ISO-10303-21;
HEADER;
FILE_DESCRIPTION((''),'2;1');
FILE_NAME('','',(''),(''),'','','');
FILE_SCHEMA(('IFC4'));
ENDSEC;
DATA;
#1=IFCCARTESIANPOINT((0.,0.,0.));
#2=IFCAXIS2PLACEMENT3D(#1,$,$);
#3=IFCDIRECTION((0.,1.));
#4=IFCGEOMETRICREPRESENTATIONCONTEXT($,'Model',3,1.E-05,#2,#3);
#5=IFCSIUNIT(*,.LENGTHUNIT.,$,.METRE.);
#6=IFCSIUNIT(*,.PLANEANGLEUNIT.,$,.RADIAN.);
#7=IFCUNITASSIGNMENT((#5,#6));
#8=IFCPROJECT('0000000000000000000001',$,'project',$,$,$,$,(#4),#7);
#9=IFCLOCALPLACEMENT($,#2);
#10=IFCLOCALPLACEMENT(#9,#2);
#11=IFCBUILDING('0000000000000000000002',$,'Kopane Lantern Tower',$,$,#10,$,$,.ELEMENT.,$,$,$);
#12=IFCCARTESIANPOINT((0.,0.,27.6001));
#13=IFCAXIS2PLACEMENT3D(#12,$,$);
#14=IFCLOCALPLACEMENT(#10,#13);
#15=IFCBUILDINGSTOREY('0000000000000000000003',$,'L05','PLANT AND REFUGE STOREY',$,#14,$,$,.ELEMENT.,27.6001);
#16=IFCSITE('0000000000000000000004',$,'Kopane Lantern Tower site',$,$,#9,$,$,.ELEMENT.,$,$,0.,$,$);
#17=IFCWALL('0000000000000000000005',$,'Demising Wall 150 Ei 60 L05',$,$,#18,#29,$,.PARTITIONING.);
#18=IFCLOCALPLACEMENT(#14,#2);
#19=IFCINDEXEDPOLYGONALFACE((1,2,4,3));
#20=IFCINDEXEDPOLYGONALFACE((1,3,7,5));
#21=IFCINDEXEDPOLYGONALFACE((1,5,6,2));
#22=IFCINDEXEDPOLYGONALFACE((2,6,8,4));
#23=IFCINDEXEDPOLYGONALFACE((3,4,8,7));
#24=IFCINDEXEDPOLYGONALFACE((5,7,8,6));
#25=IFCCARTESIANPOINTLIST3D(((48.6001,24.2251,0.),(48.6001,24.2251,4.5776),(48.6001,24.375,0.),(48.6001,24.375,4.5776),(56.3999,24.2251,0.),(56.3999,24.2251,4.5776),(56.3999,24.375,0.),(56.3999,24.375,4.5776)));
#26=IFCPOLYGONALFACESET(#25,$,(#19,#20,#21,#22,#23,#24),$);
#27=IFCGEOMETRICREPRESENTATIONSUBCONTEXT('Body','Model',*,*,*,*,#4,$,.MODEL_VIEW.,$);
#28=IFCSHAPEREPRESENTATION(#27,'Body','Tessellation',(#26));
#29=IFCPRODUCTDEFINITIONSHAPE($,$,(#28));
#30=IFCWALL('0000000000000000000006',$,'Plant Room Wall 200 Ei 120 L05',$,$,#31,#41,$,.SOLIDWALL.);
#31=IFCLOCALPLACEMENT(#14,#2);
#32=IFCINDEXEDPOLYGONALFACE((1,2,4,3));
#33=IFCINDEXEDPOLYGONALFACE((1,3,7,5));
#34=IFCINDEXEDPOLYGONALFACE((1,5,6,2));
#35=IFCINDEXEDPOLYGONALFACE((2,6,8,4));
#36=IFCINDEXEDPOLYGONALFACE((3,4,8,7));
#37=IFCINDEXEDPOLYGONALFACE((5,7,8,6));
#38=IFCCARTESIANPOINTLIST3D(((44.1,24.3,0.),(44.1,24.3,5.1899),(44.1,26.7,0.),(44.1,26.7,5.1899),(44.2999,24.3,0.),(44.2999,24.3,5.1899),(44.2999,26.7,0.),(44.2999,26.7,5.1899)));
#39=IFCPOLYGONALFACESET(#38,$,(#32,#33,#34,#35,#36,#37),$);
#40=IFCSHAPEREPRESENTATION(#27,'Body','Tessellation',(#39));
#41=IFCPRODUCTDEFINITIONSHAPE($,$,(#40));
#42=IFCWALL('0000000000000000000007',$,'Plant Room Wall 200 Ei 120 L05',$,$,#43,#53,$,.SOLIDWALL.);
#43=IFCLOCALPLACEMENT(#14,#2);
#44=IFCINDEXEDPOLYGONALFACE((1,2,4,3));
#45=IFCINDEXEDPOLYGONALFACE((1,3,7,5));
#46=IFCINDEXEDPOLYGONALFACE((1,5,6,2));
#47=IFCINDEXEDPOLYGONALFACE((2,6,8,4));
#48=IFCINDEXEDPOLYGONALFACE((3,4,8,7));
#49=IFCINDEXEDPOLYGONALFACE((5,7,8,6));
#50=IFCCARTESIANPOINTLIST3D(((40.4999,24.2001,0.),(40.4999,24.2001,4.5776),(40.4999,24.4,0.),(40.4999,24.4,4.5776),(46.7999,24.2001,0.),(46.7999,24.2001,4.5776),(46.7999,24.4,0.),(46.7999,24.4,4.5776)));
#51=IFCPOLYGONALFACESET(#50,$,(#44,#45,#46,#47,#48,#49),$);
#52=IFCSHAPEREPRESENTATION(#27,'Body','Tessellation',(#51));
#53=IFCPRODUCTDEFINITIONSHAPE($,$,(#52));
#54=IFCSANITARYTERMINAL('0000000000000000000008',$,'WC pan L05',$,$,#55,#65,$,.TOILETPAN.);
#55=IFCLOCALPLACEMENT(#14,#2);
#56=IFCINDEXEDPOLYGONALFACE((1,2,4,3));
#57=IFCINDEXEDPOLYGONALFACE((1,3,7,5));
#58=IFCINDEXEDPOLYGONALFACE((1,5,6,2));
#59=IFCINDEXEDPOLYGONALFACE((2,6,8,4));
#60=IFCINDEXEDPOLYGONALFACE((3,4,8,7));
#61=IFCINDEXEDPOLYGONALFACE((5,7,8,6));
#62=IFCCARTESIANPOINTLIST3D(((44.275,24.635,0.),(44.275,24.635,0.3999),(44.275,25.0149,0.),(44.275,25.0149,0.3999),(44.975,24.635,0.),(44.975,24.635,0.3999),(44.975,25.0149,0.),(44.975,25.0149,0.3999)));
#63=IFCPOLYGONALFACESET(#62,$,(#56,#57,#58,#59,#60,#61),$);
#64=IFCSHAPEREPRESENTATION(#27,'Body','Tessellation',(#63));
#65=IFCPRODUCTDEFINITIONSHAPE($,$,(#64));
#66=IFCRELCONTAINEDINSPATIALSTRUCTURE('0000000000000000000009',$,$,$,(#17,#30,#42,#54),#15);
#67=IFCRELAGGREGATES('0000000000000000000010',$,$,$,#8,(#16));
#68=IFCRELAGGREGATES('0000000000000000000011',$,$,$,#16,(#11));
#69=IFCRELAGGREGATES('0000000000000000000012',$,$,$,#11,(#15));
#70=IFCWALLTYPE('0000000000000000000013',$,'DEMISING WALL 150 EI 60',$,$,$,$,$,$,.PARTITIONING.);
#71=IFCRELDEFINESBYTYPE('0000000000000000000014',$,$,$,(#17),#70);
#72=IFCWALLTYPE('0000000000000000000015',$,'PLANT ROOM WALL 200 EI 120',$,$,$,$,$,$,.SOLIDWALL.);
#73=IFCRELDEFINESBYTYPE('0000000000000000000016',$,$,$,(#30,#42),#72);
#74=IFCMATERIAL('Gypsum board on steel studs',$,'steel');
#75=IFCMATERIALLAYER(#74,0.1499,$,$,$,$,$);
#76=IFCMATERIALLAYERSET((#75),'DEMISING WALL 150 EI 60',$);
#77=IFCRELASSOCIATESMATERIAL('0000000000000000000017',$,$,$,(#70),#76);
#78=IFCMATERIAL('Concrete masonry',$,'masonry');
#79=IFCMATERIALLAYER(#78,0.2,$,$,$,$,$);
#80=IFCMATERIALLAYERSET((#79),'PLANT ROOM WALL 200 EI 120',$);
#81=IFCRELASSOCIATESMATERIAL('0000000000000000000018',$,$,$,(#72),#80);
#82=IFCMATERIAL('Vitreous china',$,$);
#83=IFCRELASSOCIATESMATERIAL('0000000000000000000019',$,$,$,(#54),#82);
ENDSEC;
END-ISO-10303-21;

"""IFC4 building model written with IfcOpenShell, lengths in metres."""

from ifc_helpers import new_model, si_unit, direction, frame, frame_2d, origin, origin_2d, place, context, subcontext, project, spatial, rectangle, extrude, material, layer, layer_set, type_object, element, save


model = new_model("IFC4")

# Units and contexts
model_context = context("Model", 3, precision=1e-05, world=origin(), true_north=direction((0.0, 1.0)))
body_context = subcontext(model_context, "Body", "Model", "MODEL_VIEW")
ifc_project = project(units=[si_unit("LENGTHUNIT", "METRE"), si_unit("PLANEANGLEUNIT", "RADIAN")], contexts=[model_context])

# Site, building, storey
site_placement = place(None, origin())
site = spatial("IfcSite", under=ifc_project, at=site_placement, Name="Kopane Lantern Tower site", CompositionType="ELEMENT", RefElevation=0.0)
building_placement = place(site_placement, origin())
building = spatial("IfcBuilding", under=site, at=building_placement, Name="Kopane Lantern Tower", CompositionType="ELEMENT")
storey_placement = place(building_placement, frame((0.0, 0.0, 27.6001)))
storey = spatial("IfcBuildingStorey", under=building, at=storey_placement, Name="L05", Description="PLANT AND REFUGE STOREY", CompositionType="ELEMENT", Elevation=27.6001)

# Walls
ifc_material_1 = material(Name="Gypsum board on steel studs", Category="steel")
ifc_layer_1 = layer(ifc_material_1, 0.1499)
ifc_layer_set_1 = layer_set([ifc_layer_1], Name="DEMISING WALL 150 EI 60")
wall_type_1 = type_object("IfcWallType", Name="DEMISING WALL 150 EI 60", PredefinedType="PARTITIONING", material=ifc_layer_set_1)
wall_1_placement = place(storey_placement, frame((48.6001, 24.3, 0.0), z_axis=(0.0, 0.0, 1.0), x_axis=(1.0, 0.0, 0.0)))
element("IfcWall", 1, at=wall_1_placement, inside=storey, type_object=wall_type_1, Name="Demising Wall 150 Ei 60 L05", PredefinedType="PARTITIONING", context=body_context, shape_type="SweptSolid", body=[
    extrude(rectangle(XDim=7.7998, YDim=0.1499, at=frame_2d((3.8999, 0.0))), origin(), (0.0, 0.0, 1.0), 4.5776),
])
ifc_material_2 = material(Name="Concrete masonry", Category="masonry")
ifc_layer_2 = layer(ifc_material_2, 0.2)
ifc_layer_set_2 = layer_set([ifc_layer_2], Name="PLANT ROOM WALL 200 EI 120")
wall_type_2 = type_object("IfcWallType", Name="PLANT ROOM WALL 200 EI 120", PredefinedType="SOLIDWALL", material=ifc_layer_set_2)
wall_2_placement = place(storey_placement, frame((44.2, 24.3, 0.0), z_axis=(0.0, 0.0, 1.0), x_axis=(0.0, 1.0, 0.0)))
element("IfcWall", 2, at=wall_2_placement, inside=storey, type_object=wall_type_2, Name="Plant Room Wall 200 Ei 120 L05", PredefinedType="SOLIDWALL", context=body_context, shape_type="SweptSolid", body=[
    extrude(rectangle(XDim=2.3999, YDim=0.2, at=frame_2d((1.2, 0.0))), origin(), (0.0, 0.0, 1.0), 5.1899),
])
wall_3_placement = place(storey_placement, frame((40.5, 24.3, 0.0), z_axis=(0.0, 0.0, 1.0), x_axis=(1.0, 0.0, 0.0)))
element("IfcWall", 3, at=wall_3_placement, inside=storey, type_object=wall_type_2, Name="Plant Room Wall 200 Ei 120 L05", PredefinedType="SOLIDWALL", context=body_context, shape_type="SweptSolid", body=[
    extrude(rectangle(XDim=6.3, YDim=0.2, at=frame_2d((3.1499, 0.0))), origin(), (0.0, 0.0, 1.0), 4.5776),
])

# Sanitary terminal
ifc_material_3 = material(Name="Vitreous china")
sanitary_terminal_placement = place(storey_placement, frame((44.625, 24.825, 0.0), z_axis=(0.0, 0.0, 1.0), x_axis=(1.0, 0.0, 0.0)))
element("IfcSanitaryTerminal", 4, at=sanitary_terminal_placement, inside=storey, material=ifc_material_3, Name="WC pan L05", PredefinedType="TOILETPAN", context=body_context, shape_type="SweptSolid", body=[
    extrude(rectangle(XDim=0.7, YDim=0.3799, at=origin_2d()), origin(), (0.0, 0.0, 1.0), 0.3999),
])

save(model, "model.ifc")
